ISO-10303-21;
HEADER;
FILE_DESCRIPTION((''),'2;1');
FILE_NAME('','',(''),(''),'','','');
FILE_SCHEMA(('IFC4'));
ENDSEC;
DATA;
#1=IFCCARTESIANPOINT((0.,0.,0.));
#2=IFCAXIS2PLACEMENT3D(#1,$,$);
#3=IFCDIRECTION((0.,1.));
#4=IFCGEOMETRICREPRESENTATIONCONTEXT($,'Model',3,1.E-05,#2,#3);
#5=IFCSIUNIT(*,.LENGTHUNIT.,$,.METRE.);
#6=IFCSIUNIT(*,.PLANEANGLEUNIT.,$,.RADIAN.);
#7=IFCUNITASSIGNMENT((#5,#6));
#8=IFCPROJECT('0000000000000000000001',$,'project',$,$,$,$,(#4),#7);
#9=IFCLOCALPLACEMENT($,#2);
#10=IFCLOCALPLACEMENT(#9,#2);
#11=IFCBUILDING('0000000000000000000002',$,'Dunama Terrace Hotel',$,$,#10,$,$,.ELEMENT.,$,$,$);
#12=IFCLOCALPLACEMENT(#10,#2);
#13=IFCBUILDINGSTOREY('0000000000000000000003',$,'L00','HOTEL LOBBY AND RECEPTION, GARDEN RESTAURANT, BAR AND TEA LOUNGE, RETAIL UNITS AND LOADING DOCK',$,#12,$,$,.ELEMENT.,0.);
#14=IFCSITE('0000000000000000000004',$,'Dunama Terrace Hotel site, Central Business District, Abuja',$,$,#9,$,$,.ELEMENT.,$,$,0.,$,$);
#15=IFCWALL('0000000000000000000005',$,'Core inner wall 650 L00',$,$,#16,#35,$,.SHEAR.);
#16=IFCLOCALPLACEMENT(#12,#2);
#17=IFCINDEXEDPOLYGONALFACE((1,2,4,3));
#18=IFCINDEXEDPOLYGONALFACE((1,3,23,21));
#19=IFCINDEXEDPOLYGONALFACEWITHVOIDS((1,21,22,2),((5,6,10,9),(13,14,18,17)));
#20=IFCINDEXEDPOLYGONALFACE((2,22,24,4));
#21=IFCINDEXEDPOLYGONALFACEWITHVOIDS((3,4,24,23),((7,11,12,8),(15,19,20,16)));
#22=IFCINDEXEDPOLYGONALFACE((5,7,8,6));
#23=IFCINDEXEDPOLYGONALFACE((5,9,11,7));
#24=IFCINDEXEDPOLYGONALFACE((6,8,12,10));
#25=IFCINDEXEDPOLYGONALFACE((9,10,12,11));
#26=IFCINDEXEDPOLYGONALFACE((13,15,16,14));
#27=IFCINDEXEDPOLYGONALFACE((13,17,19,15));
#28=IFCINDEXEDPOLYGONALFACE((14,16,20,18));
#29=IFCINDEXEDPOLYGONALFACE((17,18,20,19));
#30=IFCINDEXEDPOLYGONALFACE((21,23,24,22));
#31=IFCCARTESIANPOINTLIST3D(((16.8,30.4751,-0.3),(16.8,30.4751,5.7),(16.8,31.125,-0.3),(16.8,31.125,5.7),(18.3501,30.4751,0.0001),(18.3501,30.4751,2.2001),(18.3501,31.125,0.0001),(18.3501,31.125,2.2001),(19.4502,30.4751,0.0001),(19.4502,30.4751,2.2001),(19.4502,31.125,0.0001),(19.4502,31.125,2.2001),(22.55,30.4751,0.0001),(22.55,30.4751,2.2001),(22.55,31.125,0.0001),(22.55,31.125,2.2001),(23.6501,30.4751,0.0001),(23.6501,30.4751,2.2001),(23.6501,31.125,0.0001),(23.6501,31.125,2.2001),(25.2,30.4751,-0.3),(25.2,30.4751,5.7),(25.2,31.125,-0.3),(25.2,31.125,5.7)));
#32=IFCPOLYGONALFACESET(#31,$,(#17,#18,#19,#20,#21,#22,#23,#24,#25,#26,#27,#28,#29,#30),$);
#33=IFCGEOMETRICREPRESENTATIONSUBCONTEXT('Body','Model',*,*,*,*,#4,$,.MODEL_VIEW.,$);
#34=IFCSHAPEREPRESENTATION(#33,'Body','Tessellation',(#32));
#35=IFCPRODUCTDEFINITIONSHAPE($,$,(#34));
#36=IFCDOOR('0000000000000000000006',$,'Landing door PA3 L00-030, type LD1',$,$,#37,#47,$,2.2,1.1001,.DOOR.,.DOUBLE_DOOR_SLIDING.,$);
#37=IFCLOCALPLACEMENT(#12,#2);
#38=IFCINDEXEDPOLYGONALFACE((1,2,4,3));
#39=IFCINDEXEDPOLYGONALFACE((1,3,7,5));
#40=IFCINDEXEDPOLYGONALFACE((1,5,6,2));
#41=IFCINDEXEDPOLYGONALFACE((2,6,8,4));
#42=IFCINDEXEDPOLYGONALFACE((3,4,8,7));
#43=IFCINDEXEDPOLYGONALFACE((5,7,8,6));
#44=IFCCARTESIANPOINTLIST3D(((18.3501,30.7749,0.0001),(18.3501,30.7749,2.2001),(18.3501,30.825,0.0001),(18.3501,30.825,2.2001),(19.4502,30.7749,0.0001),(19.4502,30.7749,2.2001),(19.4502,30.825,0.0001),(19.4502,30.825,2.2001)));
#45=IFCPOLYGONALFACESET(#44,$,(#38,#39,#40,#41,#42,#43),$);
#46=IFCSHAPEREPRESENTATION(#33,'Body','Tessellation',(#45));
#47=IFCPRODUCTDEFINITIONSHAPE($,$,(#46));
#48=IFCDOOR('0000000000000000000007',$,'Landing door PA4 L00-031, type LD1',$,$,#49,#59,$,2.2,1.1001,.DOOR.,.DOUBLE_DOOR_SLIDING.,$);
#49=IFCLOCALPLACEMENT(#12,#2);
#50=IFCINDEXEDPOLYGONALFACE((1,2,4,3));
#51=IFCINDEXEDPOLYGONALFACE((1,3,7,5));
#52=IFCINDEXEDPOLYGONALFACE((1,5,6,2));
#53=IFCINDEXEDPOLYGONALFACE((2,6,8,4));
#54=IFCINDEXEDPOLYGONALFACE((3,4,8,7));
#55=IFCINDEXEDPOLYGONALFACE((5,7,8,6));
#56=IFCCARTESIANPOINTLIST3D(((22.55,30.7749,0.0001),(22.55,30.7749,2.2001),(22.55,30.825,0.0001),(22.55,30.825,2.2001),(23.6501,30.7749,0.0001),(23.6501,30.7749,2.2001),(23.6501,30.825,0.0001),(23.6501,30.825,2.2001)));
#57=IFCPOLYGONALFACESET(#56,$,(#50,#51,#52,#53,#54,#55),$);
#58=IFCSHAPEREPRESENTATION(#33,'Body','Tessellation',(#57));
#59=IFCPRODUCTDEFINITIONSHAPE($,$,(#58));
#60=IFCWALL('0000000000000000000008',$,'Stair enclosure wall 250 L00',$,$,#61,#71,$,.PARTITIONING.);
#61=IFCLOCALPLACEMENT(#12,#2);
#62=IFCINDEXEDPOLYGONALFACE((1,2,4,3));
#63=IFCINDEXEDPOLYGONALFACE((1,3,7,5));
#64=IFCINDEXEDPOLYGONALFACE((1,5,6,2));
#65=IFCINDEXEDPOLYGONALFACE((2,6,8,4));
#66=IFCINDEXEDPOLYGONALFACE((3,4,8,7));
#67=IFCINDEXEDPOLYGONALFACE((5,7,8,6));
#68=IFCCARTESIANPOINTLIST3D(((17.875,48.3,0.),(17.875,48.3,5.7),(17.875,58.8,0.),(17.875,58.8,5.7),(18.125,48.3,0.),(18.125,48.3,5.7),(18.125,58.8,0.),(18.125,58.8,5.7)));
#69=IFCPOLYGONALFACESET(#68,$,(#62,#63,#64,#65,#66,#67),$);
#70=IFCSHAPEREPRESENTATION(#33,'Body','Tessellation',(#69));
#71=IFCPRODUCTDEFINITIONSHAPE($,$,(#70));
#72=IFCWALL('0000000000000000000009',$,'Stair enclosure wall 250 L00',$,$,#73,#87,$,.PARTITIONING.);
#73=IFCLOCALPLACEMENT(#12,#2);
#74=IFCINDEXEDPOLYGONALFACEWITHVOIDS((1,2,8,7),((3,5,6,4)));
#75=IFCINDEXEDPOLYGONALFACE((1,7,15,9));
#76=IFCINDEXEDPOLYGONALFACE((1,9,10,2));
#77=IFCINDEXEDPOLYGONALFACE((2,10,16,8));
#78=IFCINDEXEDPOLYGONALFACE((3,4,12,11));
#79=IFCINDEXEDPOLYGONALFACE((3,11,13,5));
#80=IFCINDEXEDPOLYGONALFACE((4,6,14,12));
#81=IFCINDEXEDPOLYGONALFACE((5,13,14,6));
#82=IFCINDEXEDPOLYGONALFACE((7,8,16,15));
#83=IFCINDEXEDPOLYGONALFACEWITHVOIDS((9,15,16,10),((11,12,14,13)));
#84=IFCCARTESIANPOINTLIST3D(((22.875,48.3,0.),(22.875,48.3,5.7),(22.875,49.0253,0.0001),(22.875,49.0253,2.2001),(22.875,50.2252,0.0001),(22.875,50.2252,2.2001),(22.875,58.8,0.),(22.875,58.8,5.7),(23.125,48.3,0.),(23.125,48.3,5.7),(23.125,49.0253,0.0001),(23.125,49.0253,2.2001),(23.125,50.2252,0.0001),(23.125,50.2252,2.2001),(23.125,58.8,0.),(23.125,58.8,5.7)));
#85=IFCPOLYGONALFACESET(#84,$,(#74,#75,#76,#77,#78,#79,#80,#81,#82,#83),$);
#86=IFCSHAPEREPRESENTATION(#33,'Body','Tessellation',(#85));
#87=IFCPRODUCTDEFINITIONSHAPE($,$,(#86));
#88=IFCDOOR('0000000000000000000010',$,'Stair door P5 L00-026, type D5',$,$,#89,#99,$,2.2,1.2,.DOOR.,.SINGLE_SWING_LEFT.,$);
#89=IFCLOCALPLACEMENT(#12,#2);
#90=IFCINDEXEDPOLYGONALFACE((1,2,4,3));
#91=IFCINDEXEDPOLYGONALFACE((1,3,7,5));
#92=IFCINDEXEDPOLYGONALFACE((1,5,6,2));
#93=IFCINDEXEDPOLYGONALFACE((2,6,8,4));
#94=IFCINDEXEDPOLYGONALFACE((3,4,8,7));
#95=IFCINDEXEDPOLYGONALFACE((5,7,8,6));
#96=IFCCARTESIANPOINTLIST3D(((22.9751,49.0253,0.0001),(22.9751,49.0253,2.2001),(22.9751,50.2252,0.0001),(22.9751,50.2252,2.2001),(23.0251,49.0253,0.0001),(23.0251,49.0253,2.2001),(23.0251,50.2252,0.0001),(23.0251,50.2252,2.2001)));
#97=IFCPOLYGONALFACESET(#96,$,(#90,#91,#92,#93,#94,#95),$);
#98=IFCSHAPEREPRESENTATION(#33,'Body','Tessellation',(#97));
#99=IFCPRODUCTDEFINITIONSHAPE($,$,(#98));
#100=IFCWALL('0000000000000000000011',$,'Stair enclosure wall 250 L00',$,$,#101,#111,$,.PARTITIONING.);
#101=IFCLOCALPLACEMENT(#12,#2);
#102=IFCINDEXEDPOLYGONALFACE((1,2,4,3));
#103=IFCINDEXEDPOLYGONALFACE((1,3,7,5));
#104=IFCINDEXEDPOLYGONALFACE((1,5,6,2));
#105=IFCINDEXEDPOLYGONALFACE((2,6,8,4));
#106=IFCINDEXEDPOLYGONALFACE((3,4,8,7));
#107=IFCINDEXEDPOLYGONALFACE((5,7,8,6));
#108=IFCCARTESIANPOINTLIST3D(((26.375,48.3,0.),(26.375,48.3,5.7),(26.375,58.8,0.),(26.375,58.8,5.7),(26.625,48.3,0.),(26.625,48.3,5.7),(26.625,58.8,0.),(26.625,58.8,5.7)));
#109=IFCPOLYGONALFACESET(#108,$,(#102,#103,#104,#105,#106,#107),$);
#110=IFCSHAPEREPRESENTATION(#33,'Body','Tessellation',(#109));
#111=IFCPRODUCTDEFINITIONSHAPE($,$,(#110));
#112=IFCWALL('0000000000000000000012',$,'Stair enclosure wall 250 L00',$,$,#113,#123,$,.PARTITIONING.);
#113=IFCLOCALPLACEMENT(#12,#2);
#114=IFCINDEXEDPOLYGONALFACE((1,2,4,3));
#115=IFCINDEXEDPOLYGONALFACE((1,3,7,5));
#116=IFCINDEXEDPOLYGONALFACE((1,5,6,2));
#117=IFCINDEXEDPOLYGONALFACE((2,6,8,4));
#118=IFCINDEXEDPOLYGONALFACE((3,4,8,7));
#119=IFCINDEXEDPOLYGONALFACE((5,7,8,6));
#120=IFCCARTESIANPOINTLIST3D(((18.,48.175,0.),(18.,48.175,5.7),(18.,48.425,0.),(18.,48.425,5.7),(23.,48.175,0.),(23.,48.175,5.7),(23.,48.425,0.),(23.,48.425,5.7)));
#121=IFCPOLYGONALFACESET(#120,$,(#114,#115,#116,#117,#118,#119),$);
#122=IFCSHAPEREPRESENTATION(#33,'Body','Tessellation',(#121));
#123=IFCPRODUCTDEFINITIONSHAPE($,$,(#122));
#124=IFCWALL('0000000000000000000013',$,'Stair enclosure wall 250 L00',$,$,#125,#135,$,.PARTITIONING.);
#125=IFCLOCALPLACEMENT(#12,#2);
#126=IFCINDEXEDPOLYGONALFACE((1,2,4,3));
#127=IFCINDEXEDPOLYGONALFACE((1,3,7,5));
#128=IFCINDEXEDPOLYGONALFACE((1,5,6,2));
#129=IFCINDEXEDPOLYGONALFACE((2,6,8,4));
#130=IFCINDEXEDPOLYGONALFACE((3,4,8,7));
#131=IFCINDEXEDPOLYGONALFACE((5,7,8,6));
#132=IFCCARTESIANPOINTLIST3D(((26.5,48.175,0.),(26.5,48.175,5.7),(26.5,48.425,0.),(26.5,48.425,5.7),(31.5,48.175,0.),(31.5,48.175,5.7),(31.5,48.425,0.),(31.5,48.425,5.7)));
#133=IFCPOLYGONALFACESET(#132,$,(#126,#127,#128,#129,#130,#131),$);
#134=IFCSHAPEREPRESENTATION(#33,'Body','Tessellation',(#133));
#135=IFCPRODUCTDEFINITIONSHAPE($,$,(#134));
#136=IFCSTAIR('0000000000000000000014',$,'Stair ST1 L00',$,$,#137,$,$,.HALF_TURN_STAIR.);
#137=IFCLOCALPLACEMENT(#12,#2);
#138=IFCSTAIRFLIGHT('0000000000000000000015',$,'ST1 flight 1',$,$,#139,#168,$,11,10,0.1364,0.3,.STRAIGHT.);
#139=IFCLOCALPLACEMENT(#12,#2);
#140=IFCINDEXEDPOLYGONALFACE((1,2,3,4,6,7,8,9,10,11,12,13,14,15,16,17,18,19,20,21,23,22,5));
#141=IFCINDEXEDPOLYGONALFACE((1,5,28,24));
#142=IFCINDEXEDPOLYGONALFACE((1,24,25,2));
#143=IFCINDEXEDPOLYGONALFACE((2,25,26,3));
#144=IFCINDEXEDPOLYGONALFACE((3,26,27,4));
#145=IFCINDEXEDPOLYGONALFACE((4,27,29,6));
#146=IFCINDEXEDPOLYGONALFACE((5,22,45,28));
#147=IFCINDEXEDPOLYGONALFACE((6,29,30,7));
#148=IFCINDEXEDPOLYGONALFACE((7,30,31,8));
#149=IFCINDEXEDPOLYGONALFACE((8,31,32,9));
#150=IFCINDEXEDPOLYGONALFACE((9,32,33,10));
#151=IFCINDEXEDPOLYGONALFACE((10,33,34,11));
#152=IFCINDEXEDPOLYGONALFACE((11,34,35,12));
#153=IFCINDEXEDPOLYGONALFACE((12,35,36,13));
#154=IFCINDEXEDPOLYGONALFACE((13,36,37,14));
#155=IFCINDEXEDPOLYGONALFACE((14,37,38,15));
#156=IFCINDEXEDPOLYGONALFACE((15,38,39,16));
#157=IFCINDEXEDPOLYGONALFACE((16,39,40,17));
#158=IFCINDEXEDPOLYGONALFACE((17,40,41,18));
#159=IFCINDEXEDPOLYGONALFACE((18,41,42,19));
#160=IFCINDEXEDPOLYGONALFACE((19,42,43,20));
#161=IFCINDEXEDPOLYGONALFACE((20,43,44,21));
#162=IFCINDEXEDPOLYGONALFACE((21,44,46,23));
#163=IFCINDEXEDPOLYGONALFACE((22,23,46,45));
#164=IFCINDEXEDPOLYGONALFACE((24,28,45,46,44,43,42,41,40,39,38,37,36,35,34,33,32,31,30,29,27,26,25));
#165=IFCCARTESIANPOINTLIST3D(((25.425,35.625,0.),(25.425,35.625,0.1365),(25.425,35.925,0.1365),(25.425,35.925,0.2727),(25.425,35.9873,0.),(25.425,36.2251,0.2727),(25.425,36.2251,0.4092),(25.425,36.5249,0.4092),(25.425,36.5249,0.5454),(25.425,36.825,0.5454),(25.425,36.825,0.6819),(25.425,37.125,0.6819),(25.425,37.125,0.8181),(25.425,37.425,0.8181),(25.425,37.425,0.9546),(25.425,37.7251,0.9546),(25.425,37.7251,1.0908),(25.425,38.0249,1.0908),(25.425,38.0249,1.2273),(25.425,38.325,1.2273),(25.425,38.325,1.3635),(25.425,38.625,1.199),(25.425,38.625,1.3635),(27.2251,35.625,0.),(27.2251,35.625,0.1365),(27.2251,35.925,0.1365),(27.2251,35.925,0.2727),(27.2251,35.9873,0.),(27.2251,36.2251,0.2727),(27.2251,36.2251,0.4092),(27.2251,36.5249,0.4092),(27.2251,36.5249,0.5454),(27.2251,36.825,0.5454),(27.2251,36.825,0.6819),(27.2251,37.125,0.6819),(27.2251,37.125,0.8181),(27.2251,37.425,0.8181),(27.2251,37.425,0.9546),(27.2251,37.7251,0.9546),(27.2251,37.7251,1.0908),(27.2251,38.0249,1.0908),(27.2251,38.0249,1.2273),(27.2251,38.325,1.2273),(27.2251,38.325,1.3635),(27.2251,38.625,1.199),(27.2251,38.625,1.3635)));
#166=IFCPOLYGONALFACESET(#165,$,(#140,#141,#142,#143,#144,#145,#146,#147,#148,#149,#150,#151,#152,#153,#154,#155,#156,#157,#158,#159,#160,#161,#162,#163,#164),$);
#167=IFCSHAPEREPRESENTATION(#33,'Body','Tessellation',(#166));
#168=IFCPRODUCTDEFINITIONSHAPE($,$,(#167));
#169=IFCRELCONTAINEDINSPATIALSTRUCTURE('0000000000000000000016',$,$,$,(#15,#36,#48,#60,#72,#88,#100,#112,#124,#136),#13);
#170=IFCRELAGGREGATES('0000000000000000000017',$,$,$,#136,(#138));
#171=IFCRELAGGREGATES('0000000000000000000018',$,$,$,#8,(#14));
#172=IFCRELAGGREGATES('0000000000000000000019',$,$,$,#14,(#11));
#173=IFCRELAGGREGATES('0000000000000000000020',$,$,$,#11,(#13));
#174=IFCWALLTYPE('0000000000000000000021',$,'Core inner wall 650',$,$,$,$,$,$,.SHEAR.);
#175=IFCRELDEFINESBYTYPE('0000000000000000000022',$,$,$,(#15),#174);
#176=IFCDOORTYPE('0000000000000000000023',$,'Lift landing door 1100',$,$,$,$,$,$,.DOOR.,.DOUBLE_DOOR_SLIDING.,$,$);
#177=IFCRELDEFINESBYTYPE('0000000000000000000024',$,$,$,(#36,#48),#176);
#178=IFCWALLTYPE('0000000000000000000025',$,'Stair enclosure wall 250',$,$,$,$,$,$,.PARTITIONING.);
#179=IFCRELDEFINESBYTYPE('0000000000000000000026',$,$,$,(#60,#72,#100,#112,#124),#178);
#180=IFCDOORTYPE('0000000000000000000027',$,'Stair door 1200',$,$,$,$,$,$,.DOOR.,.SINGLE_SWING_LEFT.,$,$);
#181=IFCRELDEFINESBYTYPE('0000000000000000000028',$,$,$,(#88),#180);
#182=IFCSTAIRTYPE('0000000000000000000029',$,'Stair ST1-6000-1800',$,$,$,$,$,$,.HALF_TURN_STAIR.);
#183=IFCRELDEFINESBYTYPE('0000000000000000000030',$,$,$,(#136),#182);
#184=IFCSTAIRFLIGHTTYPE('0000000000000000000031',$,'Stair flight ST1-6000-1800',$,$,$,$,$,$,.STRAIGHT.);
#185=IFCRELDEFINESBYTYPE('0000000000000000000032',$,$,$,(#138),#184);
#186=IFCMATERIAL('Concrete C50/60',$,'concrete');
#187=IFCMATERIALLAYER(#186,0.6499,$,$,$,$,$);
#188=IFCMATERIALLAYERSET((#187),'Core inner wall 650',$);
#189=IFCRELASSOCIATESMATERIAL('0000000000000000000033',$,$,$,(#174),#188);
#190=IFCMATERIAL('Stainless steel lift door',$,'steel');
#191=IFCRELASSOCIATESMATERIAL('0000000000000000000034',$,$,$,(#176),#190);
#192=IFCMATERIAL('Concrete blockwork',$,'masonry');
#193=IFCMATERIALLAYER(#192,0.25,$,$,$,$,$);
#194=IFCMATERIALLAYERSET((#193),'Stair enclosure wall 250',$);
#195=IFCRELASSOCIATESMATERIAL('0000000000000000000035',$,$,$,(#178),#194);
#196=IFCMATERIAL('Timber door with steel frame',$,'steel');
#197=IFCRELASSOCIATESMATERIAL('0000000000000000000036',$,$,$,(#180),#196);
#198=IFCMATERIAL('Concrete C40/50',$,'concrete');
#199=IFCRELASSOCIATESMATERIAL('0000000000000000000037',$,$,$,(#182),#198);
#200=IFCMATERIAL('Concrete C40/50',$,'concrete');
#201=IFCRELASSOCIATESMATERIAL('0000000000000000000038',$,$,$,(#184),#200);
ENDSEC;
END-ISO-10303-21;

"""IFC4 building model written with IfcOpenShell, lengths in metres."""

from ifc_helpers import new_model, si_unit, direction, frame, frame_2d, origin, place, context, subcontext, project, spatial, polyline, rectangle, outline, extrude, material, layer, layer_set, type_object, element, fill, aggregate, save


model = new_model("IFC4")

# Units and contexts
model_context = context("Model", 3, precision=1e-05, world=origin(), true_north=direction((0.0, 1.0)))
body_context = subcontext(model_context, "Body", "Model", "MODEL_VIEW")
ifc_project = project(units=[si_unit("LENGTHUNIT", "METRE"), si_unit("PLANEANGLEUNIT", "RADIAN")], contexts=[model_context])

# Site, building, storey
site_placement = place(None, origin())
site = spatial("IfcSite", under=ifc_project, at=site_placement, Name="Dunama Terrace Hotel site, Central Business District, Abuja", CompositionType="ELEMENT", RefElevation=0.0)
building_placement = place(site_placement, origin())
building = spatial("IfcBuilding", under=site, at=building_placement, Name="Dunama Terrace Hotel", CompositionType="ELEMENT")
storey_placement = place(building_placement, origin())
storey = spatial("IfcBuildingStorey", under=building, at=storey_placement, Name="L00", Description="HOTEL LOBBY AND RECEPTION, GARDEN RESTAURANT, BAR AND TEA LOUNGE, RETAIL UNITS AND LOADING DOCK", CompositionType="ELEMENT", Elevation=0.0)

# Wall, openings, doors
ifc_material_1 = material(Name="Concrete C50/60", Category="concrete")
ifc_layer_1 = layer(ifc_material_1, 0.6499)
ifc_layer_set_1 = layer_set([ifc_layer_1], Name="Core inner wall 650")
wall_type_1 = type_object("IfcWallType", Name="Core inner wall 650", PredefinedType="SHEAR", material=ifc_layer_set_1)
ifc_material_2 = material(Name="Stainless steel lift door", Category="steel")
door_type_1 = type_object("IfcDoorType", Name="Lift landing door 1100", OperationType="DOUBLE_DOOR_SLIDING", PredefinedType="DOOR", material=ifc_material_2)
wall_1_placement = place(storey_placement, frame((16.8, 30.8, -0.3), z_axis=(0.0, 0.0, 1.0), x_axis=(1.0, 0.0, 0.0)))
wall_1 = element("IfcWall", 1, at=wall_1_placement, inside=storey, type_object=wall_type_1, Name="Core inner wall 650 L00", PredefinedType="SHEAR", context=body_context, shape_type="SweptSolid", body=[
    extrude(rectangle(XDim=8.3999, YDim=0.6499, at=frame_2d((4.2, 0.0))), origin(), (0.0, 0.0, 1.0), 6.0),
])
opening_1_placement = place(wall_1_placement, frame((1.55, 0.0, 0.3)))
opening_1 = element("IfcOpeningElement", 2, at=opening_1_placement, cuts=wall_1, PredefinedType="OPENING", context=body_context, shape_type="SweptSolid", body=[
    extrude(rectangle(XDim=1.1001, YDim=2.2, at=frame_2d((0.55, 1.1001))), frame((0.0, 0.335, 0.0), z_axis=(0.0, -1.0, 0.0), x_axis=(1.0, 0.0, 0.0)), (0.0, 0.0, 1.0), 0.6699),
])
opening_2_placement = place(wall_1_placement, frame((5.75, 0.0, 0.3)))
opening_2 = element("IfcOpeningElement", 3, at=opening_2_placement, cuts=wall_1, PredefinedType="OPENING", context=body_context, shape_type="SweptSolid", body=[
    extrude(rectangle(XDim=1.1001, YDim=2.2, at=frame_2d((0.55, 1.1001))), frame((0.0, 0.335, 0.0), z_axis=(0.0, -1.0, 0.0), x_axis=(1.0, 0.0, 0.0)), (0.0, 0.0, 1.0), 0.6699),
])
door_1_placement = place(opening_1_placement, origin())
door_1 = element("IfcDoor", 4, at=door_1_placement, inside=storey, type_object=door_type_1, Name="Landing door PA3 L00-030, type LD1", OperationType="DOUBLE_DOOR_SLIDING", OverallHeight=2.2, OverallWidth=1.1001, PredefinedType="DOOR", context=body_context, shape_type="SweptSolid", body=[
    extrude(rectangle(XDim=1.1001, YDim=2.2, at=frame_2d((0.55, 1.1001))), frame((0.0, 0.0249, 0.0), z_axis=(0.0, -1.0, 0.0), x_axis=(1.0, 0.0, 0.0)), (0.0, 0.0, 1.0), 0.05),
])
fill(opening_1, door_1)
door_2_placement = place(opening_2_placement, origin())
door_2 = element("IfcDoor", 5, at=door_2_placement, inside=storey, type_object=door_type_1, Name="Landing door PA4 L00-031, type LD1", OperationType="DOUBLE_DOOR_SLIDING", OverallHeight=2.2, OverallWidth=1.1001, PredefinedType="DOOR", context=body_context, shape_type="SweptSolid", body=[
    extrude(rectangle(XDim=1.1001, YDim=2.2, at=frame_2d((0.55, 1.1001))), frame((0.0, 0.0249, 0.0), z_axis=(0.0, -1.0, 0.0), x_axis=(1.0, 0.0, 0.0)), (0.0, 0.0, 1.0), 0.05),
])
fill(opening_2, door_2)

# Wall
ifc_material_3 = material(Name="Concrete blockwork", Category="masonry")
ifc_layer_2 = layer(ifc_material_3, 0.25)
ifc_layer_set_2 = layer_set([ifc_layer_2], Name="Stair enclosure wall 250")
wall_type_2 = type_object("IfcWallType", Name="Stair enclosure wall 250", PredefinedType="PARTITIONING", material=ifc_layer_set_2)
wall_2_placement = place(storey_placement, frame((18.0, 48.3, 0.0), z_axis=(0.0, 0.0, 1.0), x_axis=(0.0, 1.0, 0.0)))
element("IfcWall", 6, at=wall_2_placement, inside=storey, type_object=wall_type_2, Name="Stair enclosure wall 250 L00", PredefinedType="PARTITIONING", context=body_context, shape_type="SweptSolid", body=[
    extrude(rectangle(XDim=10.5, YDim=0.25, at=frame_2d((5.25, 0.0))), origin(), (0.0, 0.0, 1.0), 5.7),
])

# Wall, opening, door
wall_3_placement = place(storey_placement, frame((23.0, 48.3, 0.0), z_axis=(0.0, 0.0, 1.0), x_axis=(0.0, 1.0, 0.0)))
wall_3 = element("IfcWall", 7, at=wall_3_placement, inside=storey, type_object=wall_type_2, Name="Stair enclosure wall 250 L00", PredefinedType="PARTITIONING", context=body_context, shape_type="SweptSolid", body=[
    extrude(rectangle(XDim=10.5, YDim=0.25, at=frame_2d((5.25, 0.0))), origin(), (0.0, 0.0, 1.0), 5.7),
])
opening_3_placement = place(wall_3_placement, frame((0.7251, 0.0, 0.0)))
opening_3 = element("IfcOpeningElement", 8, at=opening_3_placement, cuts=wall_3, PredefinedType="OPENING", context=body_context, shape_type="SweptSolid", body=[
    extrude(rectangle(XDim=1.2, YDim=2.2, at=frame_2d((0.6001, 1.1001))), frame((0.0, 0.135, 0.0), z_axis=(0.0, -1.0, 0.0), x_axis=(1.0, 0.0, 0.0)), (0.0, 0.0, 1.0), 0.27),
])
ifc_material_4 = material(Name="Timber door with steel frame", Category="steel")
door_type_2 = type_object("IfcDoorType", Name="Stair door 1200", OperationType="SINGLE_SWING_LEFT", PredefinedType="DOOR", material=ifc_material_4)
door_3_placement = place(opening_3_placement, frame((1.2, 0.0, 0.0), z_axis=(0.0, 0.0, 1.0), x_axis=(-1.0, 0.0, 0.0)))
door_3 = element("IfcDoor", 9, at=door_3_placement, inside=storey, type_object=door_type_2, Name="Stair door P5 L00-026, type D5", OperationType="SINGLE_SWING_LEFT", OverallHeight=2.2, OverallWidth=1.2, PredefinedType="DOOR", context=body_context, shape_type="SweptSolid", body=[
    extrude(rectangle(XDim=1.2, YDim=2.2, at=frame_2d((0.5999, 1.1001))), frame((0.0, 0.0251, 0.0), z_axis=(0.0, -1.0, 0.0), x_axis=(1.0, 0.0, 0.0)), (0.0, 0.0, 1.0), 0.05),
])
fill(opening_3, door_3)

# Walls
wall_4_placement = place(storey_placement, frame((26.5, 48.3, 0.0), z_axis=(0.0, 0.0, 1.0), x_axis=(0.0, 1.0, 0.0)))
element("IfcWall", 10, at=wall_4_placement, inside=storey, type_object=wall_type_2, Name="Stair enclosure wall 250 L00", PredefinedType="PARTITIONING", context=body_context, shape_type="SweptSolid", body=[
    extrude(rectangle(XDim=10.5, YDim=0.25, at=frame_2d((5.25, 0.0))), origin(), (0.0, 0.0, 1.0), 5.7),
])
for number, where, z_axis, x_axis, name in (
    (11, (18.0, 48.3, 0.0), (0.0, 0.0, 1.0), (1.0, 0.0, 0.0), "Stair enclosure wall 250 L00"),
    (12, (26.5, 48.3, 0.0), (0.0, 0.0, 1.0), (1.0, 0.0, 0.0), "Stair enclosure wall 250 L00"),
):
    element("IfcWall", number, at=place(storey_placement, frame(where, z_axis=z_axis, x_axis=x_axis)), inside=storey, type_object=wall_type_2, Name=name, PredefinedType="PARTITIONING", context=body_context, shape_type="SweptSolid", body=[
        extrude(rectangle(XDim=5.0, YDim=0.25, at=frame_2d((2.5, 0.0))), origin(), (0.0, 0.0, 1.0), 5.7),
    ])

# Stair, stair flight
ifc_material_5 = material(Name="Concrete C40/50", Category="concrete")
stair_type = type_object("IfcStairType", Name="Stair ST1-6000-1800", PredefinedType="HALF_TURN_STAIR", material=ifc_material_5)
stair_placement = place(storey_placement, origin())
stair = element("IfcStair", 13, at=stair_placement, inside=storey, type_object=stair_type, Name="Stair ST1 L00", PredefinedType="HALF_TURN_STAIR")
ifc_material_6 = material(Name="Concrete C40/50", Category="concrete")
stair_flight_type = type_object("IfcStairFlightType", Name="Stair flight ST1-6000-1800", PredefinedType="STRAIGHT", material=ifc_material_6)
stair_flight_1_placement = place(storey_placement, frame((26.325, 35.625, 0.0), z_axis=(0.0, 0.0, 1.0), x_axis=(0.0, 1.0, 0.0)))
stair_flight_1 = element("IfcStairFlight", 14, at=stair_flight_1_placement, type_object=stair_flight_type, Name="ST1 flight 1", NumberOfRisers=11, NumberOfTreads=10, PredefinedType="STRAIGHT", RiserHeight=0.1364, TreadLength=0.3, context=body_context, shape_type="SweptSolid", body=[
    extrude(outline(polyline([(0.0, 0.0), (0.0, 0.1365), (0.3, 0.1365), (0.3, 0.2727), (0.6001, 0.2727), (0.6001, 0.4092), (0.8999, 0.4092), (0.8999, 0.5454), (1.2, 0.5454), (1.2, 0.6819), (1.5, 0.6819), (1.5, 0.8181), (1.8, 0.8181), (1.8, 0.9546), (2.1001, 0.9546), (2.1001, 1.0908), (2.3999, 1.0908), (2.3999, 1.2273), (2.7, 1.2273), (2.7, 1.3635), (3.0, 1.3635), (3.0, 1.5), (3.0, 1.199), (0.3623, 0.0), (0.0, 0.0)])), frame((0.0, 0.8999, 0.0), z_axis=(0.0, -1.0, 0.0), x_axis=(1.0, 0.0, 0.0)), (0.0, 0.0, 1.0), 1.8),
])
aggregate(stair, [stair_flight_1])

save(model, "model.ifc")
